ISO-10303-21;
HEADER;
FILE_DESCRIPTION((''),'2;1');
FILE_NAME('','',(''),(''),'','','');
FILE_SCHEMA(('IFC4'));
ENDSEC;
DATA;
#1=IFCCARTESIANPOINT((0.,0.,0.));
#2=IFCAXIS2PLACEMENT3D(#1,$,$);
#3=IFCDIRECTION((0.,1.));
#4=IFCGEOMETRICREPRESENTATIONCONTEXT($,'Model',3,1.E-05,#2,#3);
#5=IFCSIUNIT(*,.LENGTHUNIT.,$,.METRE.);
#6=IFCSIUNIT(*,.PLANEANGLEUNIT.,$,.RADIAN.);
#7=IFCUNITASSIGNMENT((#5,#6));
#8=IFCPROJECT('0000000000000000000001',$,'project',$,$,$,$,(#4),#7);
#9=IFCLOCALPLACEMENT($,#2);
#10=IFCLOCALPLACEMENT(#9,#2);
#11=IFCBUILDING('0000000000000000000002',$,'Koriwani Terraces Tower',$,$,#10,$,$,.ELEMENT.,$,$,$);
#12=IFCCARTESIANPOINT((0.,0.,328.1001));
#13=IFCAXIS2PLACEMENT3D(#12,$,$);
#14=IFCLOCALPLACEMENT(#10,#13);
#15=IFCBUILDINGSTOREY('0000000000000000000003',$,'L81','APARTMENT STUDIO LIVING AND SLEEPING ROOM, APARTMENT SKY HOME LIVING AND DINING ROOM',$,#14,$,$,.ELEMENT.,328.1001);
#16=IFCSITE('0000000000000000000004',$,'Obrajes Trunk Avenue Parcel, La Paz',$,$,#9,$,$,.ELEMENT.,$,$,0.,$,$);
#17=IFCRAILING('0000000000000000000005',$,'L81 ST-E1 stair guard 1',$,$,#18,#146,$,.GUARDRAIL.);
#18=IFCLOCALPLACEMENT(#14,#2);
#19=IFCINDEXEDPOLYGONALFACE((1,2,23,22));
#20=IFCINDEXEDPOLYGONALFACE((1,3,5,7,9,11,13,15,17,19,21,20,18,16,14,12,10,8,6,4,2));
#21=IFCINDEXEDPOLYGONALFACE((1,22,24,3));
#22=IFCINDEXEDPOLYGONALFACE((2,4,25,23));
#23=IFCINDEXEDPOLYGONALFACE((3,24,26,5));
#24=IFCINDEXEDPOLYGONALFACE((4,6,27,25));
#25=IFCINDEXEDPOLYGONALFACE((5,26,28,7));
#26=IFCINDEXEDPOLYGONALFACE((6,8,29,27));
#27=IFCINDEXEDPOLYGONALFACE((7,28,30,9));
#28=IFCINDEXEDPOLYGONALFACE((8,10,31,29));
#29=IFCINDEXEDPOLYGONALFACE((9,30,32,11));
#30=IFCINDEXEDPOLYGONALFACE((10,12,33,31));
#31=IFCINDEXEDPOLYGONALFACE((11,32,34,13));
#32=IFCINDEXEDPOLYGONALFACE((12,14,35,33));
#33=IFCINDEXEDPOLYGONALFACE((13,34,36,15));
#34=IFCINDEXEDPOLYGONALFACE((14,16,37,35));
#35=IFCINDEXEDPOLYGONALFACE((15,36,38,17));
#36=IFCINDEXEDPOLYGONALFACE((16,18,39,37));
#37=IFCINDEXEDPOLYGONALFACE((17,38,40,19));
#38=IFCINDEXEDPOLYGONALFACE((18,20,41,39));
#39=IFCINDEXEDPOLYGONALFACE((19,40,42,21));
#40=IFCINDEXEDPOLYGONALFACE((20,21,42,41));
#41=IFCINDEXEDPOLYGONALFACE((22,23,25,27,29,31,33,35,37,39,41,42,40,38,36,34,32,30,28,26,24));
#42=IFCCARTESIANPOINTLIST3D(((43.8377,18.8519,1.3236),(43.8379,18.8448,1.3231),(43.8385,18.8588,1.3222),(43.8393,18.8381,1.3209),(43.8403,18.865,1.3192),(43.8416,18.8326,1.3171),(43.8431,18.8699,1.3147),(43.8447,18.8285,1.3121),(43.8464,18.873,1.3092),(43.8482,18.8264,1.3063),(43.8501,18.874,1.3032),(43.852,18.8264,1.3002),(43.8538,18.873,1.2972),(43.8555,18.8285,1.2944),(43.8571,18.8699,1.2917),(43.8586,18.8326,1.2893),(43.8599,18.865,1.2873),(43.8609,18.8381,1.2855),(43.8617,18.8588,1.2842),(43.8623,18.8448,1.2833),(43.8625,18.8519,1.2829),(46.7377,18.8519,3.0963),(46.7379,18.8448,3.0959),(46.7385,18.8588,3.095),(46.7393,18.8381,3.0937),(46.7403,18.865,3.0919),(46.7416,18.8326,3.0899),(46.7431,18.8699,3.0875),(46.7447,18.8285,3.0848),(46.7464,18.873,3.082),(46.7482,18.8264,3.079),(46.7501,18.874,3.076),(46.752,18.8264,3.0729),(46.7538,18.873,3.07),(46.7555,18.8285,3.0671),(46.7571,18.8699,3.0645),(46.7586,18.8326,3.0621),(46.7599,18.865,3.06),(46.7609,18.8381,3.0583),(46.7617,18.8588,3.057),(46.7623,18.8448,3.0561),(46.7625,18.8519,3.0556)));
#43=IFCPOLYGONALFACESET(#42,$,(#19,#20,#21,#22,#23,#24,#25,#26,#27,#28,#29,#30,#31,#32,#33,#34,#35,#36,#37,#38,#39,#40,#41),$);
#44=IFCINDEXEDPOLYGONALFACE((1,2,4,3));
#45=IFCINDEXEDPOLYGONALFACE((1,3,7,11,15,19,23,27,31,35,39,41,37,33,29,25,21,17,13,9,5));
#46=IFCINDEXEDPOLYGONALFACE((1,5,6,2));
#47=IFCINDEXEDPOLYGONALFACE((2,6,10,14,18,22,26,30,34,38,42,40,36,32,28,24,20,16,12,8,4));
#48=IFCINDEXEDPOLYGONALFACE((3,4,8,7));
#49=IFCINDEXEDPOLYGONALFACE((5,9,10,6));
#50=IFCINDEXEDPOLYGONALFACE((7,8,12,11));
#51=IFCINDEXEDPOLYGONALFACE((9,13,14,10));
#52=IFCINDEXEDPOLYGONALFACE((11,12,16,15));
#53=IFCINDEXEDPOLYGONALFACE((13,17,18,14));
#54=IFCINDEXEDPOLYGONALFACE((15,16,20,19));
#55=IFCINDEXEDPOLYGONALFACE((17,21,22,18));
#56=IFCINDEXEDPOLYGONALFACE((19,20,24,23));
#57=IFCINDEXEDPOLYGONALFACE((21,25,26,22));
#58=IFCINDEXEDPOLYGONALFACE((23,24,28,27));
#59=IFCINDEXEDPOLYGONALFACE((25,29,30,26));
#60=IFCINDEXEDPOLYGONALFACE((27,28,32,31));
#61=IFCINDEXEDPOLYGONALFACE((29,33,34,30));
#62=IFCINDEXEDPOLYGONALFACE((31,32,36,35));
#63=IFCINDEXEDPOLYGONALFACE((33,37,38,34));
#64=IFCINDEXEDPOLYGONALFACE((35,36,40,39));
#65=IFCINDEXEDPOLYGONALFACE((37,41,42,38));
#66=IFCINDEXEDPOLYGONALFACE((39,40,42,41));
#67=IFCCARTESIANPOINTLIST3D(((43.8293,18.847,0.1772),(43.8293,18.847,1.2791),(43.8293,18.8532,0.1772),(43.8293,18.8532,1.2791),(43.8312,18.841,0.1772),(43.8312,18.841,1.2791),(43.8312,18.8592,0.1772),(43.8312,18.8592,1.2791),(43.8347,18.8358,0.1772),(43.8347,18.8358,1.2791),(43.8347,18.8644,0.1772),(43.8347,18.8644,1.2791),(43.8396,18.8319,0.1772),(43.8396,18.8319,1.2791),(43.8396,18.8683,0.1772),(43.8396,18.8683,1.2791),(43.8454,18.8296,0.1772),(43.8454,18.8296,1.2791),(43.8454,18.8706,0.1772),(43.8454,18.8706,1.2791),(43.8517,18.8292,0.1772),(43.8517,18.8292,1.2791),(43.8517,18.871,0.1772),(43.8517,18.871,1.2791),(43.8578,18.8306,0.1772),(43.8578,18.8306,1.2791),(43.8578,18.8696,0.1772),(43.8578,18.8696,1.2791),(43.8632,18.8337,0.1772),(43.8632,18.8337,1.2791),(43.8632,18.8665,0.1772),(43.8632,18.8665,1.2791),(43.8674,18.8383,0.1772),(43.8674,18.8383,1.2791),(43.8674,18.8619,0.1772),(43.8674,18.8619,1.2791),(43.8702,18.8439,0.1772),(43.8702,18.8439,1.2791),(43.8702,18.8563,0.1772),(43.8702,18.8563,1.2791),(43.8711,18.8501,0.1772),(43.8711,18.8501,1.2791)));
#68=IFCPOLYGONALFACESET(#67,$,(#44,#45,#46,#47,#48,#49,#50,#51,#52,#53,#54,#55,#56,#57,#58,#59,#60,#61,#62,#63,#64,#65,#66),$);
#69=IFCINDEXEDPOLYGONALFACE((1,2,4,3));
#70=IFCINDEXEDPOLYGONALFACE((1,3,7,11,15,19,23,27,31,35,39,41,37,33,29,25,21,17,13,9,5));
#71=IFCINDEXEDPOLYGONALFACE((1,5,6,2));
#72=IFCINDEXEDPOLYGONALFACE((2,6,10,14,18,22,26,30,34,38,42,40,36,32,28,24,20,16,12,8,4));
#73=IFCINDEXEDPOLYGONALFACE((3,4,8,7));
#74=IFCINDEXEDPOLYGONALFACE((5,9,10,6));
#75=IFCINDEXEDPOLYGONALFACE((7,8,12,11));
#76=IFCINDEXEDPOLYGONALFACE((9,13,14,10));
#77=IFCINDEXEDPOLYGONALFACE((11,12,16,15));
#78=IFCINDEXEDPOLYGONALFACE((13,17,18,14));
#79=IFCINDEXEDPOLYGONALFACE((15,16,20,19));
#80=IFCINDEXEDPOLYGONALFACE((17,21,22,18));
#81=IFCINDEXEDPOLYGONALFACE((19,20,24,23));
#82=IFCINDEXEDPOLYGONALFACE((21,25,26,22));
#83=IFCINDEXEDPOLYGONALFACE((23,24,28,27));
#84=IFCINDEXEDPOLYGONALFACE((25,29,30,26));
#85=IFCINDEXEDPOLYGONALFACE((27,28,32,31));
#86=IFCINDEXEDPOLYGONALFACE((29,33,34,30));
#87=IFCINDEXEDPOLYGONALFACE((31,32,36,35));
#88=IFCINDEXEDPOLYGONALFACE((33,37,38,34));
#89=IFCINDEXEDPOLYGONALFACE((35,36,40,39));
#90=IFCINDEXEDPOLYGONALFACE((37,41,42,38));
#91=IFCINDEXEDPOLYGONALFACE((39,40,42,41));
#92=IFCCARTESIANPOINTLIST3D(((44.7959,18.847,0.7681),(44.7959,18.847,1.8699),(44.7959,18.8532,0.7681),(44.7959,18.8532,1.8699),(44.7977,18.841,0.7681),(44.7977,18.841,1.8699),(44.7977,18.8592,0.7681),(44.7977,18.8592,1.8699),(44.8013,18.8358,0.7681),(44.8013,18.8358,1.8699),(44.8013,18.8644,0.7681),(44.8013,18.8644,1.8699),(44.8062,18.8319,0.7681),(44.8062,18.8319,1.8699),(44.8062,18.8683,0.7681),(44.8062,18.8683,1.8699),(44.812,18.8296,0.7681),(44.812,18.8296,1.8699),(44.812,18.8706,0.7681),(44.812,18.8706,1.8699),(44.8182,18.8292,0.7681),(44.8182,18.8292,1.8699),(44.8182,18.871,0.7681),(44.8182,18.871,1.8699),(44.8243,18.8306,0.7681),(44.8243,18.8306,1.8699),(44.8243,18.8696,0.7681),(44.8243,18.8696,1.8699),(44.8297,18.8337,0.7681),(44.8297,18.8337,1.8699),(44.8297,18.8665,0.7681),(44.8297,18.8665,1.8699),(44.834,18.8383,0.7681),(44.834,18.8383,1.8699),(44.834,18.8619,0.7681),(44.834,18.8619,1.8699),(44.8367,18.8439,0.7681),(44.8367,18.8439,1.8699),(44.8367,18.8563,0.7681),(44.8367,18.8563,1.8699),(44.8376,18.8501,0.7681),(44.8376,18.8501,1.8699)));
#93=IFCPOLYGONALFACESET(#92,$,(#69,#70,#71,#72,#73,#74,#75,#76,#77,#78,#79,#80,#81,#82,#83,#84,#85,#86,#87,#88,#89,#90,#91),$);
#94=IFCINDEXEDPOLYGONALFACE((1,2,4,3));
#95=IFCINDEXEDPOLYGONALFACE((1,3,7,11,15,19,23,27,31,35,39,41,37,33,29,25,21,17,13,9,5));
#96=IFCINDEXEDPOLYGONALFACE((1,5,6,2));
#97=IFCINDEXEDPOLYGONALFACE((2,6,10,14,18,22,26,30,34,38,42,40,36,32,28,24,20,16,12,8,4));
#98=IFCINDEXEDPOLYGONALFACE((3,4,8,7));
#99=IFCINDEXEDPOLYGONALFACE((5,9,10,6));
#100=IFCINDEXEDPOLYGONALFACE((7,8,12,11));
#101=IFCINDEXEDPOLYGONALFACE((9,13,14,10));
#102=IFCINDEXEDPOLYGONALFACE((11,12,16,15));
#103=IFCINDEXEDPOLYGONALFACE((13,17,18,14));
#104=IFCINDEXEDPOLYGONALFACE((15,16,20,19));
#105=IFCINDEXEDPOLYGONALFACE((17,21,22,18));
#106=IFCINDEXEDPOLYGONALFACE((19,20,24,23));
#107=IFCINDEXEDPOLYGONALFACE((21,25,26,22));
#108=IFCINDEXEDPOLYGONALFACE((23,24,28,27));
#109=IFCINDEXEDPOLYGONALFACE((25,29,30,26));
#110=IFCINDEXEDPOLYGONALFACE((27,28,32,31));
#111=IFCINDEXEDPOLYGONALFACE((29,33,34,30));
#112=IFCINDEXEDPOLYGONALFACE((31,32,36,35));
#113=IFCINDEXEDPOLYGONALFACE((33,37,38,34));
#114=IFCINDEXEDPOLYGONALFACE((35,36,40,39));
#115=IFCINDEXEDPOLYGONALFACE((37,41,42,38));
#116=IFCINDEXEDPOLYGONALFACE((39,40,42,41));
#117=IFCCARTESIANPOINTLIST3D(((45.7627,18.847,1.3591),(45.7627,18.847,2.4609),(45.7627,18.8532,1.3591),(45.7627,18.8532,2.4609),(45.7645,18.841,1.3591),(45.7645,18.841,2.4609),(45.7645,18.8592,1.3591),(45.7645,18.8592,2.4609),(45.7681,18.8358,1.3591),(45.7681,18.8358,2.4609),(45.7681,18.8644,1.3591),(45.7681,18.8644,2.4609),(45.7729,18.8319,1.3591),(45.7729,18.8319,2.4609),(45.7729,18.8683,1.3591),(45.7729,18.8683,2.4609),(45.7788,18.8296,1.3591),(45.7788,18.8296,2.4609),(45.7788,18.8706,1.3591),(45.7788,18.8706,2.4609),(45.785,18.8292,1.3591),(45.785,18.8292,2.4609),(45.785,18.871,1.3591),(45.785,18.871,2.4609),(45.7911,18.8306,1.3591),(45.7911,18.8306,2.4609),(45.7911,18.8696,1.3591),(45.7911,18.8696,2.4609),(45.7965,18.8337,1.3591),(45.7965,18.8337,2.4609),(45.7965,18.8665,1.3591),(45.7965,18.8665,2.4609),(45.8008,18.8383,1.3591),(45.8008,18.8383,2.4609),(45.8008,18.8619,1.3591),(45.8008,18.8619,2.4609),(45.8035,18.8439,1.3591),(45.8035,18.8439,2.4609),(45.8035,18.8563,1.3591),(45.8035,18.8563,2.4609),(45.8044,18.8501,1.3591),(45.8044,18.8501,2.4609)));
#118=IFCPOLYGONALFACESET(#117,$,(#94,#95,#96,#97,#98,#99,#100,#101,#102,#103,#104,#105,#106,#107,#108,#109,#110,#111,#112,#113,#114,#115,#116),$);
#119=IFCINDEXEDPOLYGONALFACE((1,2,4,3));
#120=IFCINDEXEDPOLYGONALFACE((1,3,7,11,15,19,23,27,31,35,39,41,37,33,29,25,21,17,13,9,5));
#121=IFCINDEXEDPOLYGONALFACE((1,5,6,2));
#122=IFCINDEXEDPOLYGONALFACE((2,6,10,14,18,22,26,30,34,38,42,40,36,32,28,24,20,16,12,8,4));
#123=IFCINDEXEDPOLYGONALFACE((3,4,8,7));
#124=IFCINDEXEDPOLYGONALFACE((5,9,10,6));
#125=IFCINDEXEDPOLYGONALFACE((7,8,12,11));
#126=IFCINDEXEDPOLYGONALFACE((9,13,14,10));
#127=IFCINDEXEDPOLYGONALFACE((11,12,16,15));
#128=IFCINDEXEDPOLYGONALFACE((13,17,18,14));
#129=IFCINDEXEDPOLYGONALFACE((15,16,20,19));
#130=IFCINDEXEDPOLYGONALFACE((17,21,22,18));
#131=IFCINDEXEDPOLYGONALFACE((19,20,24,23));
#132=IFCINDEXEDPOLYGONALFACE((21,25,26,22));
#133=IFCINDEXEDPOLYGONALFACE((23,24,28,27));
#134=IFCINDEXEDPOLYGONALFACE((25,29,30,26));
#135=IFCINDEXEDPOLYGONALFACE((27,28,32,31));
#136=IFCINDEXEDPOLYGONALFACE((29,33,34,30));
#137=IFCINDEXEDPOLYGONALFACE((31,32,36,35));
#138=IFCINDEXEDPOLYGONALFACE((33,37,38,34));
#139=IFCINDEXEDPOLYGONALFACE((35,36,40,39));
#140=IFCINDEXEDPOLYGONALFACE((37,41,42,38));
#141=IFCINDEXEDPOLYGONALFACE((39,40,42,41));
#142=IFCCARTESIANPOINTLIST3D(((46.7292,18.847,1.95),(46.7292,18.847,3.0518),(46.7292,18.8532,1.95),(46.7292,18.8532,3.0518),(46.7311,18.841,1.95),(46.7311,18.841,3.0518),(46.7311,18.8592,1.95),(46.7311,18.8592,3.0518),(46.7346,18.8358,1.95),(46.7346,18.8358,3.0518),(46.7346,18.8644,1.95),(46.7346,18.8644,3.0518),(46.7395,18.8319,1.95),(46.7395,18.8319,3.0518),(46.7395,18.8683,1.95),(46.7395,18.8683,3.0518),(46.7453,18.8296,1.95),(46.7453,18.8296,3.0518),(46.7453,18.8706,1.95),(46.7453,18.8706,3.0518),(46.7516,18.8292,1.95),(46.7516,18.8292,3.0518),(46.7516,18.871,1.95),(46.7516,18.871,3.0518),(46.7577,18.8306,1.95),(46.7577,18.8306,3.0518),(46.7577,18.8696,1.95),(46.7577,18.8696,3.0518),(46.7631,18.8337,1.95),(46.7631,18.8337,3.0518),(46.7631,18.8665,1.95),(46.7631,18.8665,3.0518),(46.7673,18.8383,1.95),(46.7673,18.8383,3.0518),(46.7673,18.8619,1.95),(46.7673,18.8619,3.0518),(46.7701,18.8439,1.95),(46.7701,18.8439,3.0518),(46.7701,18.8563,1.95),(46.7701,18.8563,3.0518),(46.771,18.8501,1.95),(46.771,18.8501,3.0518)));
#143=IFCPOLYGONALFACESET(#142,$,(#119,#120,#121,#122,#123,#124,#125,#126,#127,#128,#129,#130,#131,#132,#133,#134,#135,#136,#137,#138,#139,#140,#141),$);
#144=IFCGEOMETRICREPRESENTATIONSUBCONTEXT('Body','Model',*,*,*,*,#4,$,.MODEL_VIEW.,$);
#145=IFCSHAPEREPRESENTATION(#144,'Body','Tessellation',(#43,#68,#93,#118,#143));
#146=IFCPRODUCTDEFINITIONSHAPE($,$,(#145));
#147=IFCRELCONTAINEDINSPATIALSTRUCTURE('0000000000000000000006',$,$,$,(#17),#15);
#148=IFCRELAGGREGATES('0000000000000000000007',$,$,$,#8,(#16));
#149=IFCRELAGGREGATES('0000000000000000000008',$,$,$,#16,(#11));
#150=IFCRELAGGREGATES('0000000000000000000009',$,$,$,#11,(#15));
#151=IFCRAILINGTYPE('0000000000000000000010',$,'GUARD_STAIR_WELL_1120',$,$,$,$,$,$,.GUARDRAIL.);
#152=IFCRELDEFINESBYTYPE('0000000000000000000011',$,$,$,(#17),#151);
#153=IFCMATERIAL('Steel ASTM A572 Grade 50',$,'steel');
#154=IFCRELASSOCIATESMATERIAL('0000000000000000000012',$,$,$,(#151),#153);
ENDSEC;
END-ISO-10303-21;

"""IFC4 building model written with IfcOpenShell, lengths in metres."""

from ifc_helpers import new_model, si_unit, direction, frame, origin, origin_2d, place, context, subcontext, project, spatial, circle, extrude, material, type_object, element, save


model = new_model("IFC4")

# Units and contexts
model_context = context("Model", 3, precision=1e-05, world=origin(), true_north=direction((0.0, 1.0)))
body_context = subcontext(model_context, "Body", "Model", "MODEL_VIEW")
ifc_project = project(units=[si_unit("LENGTHUNIT", "METRE"), si_unit("PLANEANGLEUNIT", "RADIAN")], contexts=[model_context])

# Site, building, storey
site_placement = place(None, origin())
site = spatial("IfcSite", under=ifc_project, at=site_placement, Name="Obrajes Trunk Avenue Parcel, La Paz", CompositionType="ELEMENT", RefElevation=0.0)
building_placement = place(site_placement, origin())
building = spatial("IfcBuilding", under=site, at=building_placement, Name="Koriwani Terraces Tower", CompositionType="ELEMENT")
storey_placement = place(building_placement, frame((0.0, 0.0, 328.1001)))
storey = spatial("IfcBuildingStorey", under=building, at=storey_placement, Name="L81", Description="APARTMENT STUDIO LIVING AND SLEEPING ROOM, APARTMENT SKY HOME LIVING AND DINING ROOM", CompositionType="ELEMENT", Elevation=328.1001)

# Shared definitions
ifc_material_1 = material(Name="Steel ASTM A572 Grade 50", Category="steel")

# Railing
railing_type_1 = type_object("IfcRailingType", Name="GUARD_STAIR_WELL_1120", PredefinedType="GUARDRAIL", material=ifc_material_1)
railing_1_placement = place(storey_placement, frame((43.8501, 18.8501, 0.1772)))
element("IfcRailing", 1, at=railing_1_placement, inside=storey, type_object=railing_type_1, Name="L81 ST-E1 stair guard 1", PredefinedType="GUARDRAIL", context=body_context, shape_type="SweptSolid", body=[
    extrude(circle(Radius=0.0239, at=origin_2d()), frame((0.0, 0.0, 1.126), z_axis=(0.853211, 0.0, 0.521566), x_axis=(0.0, 1.0, 0.0)), (0.0, 0.0, 1.0), 3.3989),
    extrude(circle(Radius=0.021, at=origin_2d()), origin(), (0.0, 0.0, 1.0), 1.1018),
    extrude(circle(Radius=0.021, at=origin_2d()), frame((0.9666, 0.0, 0.5908)), (0.0, 0.0, 1.0), 1.1018),
    extrude(circle(Radius=0.021, at=origin_2d()), frame((1.9333, 0.0, 1.1819)), (0.0, 0.0, 1.0), 1.1018),
    extrude(circle(Radius=0.021, at=origin_2d()), frame((2.8999, 0.0, 1.7727)), (0.0, 0.0, 1.0), 1.1018),
])

save(model, "model.ifc")
